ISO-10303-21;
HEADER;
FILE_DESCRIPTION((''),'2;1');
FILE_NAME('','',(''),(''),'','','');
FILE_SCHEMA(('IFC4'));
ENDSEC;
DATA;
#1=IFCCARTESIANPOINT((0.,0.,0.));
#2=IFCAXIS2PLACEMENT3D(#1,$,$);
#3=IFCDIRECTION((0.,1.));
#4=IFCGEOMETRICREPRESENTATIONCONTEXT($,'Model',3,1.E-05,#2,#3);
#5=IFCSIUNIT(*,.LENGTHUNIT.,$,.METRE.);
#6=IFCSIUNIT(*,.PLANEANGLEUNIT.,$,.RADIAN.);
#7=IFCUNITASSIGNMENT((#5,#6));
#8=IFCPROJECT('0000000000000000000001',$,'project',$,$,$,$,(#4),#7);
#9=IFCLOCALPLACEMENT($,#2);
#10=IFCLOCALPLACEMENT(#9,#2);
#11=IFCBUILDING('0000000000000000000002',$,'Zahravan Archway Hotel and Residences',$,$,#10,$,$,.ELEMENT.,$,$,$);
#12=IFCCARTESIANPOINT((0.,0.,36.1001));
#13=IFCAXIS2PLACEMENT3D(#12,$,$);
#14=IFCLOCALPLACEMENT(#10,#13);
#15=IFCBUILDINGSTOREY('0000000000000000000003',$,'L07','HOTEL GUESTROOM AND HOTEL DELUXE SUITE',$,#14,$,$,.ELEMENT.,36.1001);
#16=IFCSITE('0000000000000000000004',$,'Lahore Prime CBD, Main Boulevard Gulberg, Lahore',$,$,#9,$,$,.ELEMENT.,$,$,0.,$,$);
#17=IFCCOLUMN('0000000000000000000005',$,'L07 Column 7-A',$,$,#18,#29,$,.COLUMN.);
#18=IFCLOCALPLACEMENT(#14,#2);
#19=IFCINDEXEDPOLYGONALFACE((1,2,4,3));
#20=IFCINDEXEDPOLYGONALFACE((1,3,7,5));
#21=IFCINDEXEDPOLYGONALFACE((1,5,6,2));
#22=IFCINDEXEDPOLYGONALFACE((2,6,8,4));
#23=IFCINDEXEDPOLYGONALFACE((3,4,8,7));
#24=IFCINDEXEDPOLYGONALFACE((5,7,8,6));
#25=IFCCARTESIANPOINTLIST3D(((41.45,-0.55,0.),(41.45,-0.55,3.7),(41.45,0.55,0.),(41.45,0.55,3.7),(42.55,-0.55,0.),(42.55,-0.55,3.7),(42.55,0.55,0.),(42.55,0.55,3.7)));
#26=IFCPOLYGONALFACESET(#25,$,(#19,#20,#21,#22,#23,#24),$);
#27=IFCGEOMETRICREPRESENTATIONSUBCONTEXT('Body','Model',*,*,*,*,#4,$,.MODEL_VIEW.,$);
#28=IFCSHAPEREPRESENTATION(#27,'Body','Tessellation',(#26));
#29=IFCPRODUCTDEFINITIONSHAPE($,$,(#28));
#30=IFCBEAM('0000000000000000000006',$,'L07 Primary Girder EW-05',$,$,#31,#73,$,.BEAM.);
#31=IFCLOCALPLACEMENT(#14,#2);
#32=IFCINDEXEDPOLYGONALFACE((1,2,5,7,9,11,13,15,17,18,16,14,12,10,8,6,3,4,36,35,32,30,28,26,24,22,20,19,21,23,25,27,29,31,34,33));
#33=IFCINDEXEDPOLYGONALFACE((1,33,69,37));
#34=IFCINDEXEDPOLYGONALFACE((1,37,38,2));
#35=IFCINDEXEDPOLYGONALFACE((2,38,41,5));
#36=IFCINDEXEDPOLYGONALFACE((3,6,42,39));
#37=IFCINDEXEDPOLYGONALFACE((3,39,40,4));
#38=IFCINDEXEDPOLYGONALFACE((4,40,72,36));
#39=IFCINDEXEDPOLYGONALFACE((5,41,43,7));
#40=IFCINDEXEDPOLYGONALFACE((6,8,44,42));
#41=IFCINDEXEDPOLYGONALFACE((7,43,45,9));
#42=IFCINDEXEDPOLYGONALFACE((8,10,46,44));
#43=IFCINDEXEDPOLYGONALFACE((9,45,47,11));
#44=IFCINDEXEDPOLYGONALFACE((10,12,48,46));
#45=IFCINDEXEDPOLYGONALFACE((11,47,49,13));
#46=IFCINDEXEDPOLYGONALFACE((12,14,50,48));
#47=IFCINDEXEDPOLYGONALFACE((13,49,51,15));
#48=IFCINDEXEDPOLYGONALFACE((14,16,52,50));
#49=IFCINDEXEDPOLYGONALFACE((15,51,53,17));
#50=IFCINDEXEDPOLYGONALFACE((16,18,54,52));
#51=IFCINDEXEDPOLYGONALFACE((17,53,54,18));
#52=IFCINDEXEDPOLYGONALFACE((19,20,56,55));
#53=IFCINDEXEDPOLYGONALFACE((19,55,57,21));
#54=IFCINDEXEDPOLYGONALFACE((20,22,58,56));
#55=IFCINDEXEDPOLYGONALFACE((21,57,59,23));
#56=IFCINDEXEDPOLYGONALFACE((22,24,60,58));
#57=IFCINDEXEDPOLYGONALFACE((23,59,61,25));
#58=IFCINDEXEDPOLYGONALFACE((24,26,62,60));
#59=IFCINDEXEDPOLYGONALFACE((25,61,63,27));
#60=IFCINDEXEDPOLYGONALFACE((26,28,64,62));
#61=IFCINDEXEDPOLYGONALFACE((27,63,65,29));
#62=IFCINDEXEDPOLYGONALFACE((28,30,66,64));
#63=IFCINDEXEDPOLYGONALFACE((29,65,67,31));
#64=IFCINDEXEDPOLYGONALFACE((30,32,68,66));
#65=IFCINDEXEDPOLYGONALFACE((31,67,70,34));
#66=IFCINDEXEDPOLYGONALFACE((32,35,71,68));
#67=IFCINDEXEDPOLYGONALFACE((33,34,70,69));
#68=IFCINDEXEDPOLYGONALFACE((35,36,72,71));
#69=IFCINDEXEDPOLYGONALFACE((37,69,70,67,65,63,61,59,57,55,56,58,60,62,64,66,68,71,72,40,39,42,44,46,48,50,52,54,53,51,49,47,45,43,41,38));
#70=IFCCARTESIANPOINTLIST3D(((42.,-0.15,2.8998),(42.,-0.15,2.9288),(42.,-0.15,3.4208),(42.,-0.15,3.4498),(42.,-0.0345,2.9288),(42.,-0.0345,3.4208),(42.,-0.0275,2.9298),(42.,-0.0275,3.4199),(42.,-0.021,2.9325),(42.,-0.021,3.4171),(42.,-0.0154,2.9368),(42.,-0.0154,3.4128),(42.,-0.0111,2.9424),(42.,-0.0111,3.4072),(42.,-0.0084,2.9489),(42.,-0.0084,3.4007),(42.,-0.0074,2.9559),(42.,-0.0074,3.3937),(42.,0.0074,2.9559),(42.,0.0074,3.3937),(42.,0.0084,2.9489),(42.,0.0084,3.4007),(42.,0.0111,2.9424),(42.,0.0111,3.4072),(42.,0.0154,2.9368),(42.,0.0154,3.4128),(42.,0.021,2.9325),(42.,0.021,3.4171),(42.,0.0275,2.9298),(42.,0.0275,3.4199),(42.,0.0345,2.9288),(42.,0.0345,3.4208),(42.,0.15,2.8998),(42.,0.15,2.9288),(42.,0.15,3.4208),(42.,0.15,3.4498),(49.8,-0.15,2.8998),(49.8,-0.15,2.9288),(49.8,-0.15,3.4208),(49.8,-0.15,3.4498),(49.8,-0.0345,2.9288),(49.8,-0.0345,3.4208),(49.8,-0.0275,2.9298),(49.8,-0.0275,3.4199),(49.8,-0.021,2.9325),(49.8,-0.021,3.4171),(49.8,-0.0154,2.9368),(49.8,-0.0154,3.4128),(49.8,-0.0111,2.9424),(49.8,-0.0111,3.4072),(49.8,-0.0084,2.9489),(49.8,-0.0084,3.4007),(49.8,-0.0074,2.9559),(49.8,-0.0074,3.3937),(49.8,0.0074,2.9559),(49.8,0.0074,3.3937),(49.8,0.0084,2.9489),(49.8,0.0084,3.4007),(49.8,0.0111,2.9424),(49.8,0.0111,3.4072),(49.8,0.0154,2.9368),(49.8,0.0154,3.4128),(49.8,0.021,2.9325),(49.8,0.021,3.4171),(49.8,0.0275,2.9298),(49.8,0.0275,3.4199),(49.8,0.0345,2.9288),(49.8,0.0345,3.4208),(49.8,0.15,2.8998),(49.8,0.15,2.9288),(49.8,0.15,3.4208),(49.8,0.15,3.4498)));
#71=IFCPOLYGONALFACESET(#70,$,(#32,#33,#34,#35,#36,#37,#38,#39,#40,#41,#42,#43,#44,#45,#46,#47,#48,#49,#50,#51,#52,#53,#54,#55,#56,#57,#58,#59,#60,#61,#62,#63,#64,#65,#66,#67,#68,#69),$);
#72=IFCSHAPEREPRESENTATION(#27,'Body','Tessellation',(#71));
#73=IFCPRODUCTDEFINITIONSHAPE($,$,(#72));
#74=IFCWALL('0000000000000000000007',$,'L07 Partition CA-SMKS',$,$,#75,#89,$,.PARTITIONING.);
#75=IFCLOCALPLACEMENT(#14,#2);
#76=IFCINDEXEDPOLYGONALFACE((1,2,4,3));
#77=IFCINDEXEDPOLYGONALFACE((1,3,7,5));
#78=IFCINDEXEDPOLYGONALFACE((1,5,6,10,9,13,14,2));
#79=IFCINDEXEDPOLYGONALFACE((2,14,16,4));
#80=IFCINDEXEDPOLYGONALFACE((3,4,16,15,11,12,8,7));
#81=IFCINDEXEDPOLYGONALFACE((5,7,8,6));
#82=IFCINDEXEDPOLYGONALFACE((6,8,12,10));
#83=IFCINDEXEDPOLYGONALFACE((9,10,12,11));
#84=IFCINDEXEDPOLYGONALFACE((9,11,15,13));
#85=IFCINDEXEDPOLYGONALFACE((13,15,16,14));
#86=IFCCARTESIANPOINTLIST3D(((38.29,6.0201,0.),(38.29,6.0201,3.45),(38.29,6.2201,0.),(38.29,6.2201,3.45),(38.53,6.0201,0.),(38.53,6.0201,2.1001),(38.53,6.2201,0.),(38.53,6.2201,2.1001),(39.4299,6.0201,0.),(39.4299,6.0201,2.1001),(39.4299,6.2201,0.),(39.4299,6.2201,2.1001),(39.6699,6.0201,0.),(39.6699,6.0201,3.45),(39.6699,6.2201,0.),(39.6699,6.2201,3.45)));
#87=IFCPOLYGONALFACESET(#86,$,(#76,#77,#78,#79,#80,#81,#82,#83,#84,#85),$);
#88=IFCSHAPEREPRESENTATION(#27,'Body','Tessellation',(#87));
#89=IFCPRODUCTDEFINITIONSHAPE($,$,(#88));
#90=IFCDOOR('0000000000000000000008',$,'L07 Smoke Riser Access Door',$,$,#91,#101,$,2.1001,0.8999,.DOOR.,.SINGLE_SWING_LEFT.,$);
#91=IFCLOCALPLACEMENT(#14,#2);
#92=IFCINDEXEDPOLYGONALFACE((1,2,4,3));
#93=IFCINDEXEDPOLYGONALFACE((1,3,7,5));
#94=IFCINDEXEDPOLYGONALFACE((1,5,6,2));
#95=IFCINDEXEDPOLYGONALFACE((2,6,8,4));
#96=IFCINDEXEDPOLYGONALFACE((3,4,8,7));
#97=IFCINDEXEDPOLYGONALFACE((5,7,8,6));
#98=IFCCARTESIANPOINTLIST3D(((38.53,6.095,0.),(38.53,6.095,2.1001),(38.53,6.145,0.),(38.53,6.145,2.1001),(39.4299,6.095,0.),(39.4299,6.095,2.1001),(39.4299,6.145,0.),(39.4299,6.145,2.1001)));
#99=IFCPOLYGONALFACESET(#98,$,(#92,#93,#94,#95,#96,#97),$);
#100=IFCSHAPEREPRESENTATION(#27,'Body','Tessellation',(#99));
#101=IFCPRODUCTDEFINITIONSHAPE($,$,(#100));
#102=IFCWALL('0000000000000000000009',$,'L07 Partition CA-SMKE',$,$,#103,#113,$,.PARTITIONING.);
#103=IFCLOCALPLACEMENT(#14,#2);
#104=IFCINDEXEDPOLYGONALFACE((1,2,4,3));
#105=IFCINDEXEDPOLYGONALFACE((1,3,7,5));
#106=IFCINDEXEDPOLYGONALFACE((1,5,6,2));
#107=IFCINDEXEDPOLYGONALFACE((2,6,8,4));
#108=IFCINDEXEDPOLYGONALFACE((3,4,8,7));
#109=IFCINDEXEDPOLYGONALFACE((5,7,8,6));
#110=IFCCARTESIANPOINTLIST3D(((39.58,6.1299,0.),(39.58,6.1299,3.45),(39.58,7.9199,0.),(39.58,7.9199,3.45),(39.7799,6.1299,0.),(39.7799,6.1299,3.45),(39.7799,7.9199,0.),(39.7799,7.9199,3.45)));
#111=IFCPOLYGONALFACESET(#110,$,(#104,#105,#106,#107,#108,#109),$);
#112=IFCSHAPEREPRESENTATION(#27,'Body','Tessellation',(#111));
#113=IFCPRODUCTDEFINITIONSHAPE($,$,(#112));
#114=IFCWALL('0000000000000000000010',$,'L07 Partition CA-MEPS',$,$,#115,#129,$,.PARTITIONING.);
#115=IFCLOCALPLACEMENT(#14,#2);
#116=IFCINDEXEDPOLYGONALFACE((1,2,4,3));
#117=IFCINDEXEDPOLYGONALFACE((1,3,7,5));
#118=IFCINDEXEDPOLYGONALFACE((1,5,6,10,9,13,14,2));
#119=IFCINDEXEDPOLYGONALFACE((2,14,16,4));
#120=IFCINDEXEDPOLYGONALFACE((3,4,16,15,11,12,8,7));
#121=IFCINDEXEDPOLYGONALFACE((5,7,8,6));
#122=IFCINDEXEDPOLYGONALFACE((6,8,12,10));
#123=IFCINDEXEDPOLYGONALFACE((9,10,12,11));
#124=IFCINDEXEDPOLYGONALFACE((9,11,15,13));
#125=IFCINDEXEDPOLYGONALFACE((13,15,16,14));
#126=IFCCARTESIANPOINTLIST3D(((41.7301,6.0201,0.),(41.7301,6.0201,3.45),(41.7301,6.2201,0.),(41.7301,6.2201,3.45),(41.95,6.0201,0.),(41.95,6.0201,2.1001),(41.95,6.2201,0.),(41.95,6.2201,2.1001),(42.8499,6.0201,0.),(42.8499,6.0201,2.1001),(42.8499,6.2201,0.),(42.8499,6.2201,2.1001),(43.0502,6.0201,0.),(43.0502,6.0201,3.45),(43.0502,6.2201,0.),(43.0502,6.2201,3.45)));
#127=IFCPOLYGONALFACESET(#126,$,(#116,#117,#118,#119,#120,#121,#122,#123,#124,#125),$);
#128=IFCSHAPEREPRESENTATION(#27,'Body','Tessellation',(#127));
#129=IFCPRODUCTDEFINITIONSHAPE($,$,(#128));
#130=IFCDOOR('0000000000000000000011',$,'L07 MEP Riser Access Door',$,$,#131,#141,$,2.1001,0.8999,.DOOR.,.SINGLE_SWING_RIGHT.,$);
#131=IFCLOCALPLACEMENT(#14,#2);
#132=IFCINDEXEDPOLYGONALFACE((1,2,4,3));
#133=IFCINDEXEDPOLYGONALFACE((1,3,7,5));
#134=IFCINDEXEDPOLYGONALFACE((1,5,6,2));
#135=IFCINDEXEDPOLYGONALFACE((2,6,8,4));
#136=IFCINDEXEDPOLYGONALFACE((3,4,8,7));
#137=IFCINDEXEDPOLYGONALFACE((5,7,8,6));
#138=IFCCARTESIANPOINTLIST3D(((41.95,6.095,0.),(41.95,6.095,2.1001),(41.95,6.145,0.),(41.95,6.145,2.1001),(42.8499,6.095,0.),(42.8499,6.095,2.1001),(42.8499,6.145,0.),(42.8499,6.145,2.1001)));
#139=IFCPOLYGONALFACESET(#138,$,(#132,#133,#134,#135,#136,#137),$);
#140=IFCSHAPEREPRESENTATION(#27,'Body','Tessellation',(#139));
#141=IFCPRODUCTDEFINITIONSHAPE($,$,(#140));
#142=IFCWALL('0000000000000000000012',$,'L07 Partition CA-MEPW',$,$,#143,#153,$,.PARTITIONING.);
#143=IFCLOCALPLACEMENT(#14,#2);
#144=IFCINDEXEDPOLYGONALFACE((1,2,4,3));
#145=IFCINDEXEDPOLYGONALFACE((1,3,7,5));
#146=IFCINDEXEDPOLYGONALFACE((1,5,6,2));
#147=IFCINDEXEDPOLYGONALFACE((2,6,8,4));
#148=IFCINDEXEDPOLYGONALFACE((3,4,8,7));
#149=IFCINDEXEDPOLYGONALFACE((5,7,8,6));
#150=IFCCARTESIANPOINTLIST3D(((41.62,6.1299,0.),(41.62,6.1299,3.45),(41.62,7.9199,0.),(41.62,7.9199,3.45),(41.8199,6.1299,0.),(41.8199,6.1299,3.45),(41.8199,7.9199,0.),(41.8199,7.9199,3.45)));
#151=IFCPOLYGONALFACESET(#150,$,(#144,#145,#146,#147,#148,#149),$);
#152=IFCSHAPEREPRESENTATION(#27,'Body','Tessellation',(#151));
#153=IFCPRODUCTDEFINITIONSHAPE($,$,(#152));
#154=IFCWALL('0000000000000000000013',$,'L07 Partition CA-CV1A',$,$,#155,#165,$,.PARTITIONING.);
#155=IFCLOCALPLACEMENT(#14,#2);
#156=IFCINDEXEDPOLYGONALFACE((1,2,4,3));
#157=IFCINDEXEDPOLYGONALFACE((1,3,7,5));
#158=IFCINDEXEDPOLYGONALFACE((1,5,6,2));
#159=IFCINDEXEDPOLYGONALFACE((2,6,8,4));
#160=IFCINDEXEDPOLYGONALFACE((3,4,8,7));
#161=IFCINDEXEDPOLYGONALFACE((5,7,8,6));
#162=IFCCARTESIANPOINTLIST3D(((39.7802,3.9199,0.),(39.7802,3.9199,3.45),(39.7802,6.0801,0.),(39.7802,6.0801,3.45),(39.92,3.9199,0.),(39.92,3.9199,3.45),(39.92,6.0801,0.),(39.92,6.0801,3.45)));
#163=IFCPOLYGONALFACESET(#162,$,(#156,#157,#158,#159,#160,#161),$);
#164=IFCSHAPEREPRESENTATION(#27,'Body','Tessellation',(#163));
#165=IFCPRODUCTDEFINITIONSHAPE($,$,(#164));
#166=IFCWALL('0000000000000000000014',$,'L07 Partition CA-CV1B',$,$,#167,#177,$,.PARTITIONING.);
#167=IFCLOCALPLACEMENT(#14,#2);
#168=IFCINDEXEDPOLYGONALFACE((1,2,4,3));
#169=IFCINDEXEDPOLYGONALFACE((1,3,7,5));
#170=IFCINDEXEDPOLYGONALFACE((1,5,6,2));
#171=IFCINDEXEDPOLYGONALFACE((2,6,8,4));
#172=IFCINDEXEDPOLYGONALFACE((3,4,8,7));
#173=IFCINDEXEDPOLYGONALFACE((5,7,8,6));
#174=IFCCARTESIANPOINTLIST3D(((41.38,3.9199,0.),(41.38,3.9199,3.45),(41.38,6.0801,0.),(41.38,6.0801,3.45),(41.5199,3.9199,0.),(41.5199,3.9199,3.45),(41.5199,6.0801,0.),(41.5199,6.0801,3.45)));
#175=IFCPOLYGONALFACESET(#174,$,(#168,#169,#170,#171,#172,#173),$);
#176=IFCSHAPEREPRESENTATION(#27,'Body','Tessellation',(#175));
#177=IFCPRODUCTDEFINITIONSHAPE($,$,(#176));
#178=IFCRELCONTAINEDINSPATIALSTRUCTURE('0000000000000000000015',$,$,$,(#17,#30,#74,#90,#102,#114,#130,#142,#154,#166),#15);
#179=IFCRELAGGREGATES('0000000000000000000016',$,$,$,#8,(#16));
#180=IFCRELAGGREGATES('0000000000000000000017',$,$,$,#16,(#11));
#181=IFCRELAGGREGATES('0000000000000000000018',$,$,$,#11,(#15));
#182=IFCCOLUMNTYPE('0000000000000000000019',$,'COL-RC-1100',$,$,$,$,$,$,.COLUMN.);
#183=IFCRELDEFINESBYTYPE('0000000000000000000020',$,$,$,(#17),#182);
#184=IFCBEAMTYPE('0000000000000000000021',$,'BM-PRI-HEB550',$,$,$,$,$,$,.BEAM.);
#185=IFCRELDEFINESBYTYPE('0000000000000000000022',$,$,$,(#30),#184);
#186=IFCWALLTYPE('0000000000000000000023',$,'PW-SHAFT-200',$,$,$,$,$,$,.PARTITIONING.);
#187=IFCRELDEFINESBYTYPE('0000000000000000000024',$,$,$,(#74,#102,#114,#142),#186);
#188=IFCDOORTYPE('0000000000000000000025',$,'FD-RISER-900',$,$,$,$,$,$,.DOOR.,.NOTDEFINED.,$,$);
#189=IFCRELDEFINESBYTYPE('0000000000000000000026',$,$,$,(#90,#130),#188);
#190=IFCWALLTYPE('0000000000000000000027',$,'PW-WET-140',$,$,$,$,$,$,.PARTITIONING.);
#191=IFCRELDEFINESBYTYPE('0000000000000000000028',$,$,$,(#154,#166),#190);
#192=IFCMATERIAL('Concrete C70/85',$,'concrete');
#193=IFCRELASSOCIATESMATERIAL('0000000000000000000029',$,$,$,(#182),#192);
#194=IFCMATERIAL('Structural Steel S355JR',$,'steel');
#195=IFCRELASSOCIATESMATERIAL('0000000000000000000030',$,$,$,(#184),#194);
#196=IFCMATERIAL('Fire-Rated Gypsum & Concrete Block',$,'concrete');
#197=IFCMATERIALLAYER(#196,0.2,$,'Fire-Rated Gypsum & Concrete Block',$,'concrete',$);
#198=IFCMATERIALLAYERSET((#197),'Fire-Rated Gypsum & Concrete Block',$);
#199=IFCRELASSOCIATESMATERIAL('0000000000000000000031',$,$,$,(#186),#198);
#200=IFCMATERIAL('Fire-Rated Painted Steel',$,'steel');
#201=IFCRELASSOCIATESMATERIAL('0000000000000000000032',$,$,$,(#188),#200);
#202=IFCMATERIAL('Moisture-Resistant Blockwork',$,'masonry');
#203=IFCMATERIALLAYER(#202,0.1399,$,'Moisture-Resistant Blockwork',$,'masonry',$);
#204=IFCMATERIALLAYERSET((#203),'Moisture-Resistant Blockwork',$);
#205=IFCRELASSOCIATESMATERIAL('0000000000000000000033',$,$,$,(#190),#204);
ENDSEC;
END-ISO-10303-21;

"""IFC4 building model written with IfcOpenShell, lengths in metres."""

from ifc_helpers import new_model, si_unit, direction, frame, frame_2d, origin, origin_2d, place, context, subcontext, project, spatial, rectangle, i_section, extrude, source, transform, mapped, material, layer, layer_set, material_profile, profile_set, type_object, type_shapes, element, fill, save


model = new_model("IFC4")

# Units and contexts
model_context = context("Model", 3, precision=1e-05, world=origin(), true_north=direction((0.0, 1.0)))
body_context = subcontext(model_context, "Body", "Model", "MODEL_VIEW")
ifc_project = project(units=[si_unit("LENGTHUNIT", "METRE"), si_unit("PLANEANGLEUNIT", "RADIAN")], contexts=[model_context])

# Site, building, storey
site_placement = place(None, origin())
site = spatial("IfcSite", under=ifc_project, at=site_placement, Name="Lahore Prime CBD, Main Boulevard Gulberg, Lahore", CompositionType="ELEMENT", RefElevation=0.0)
building_placement = place(site_placement, origin())
building = spatial("IfcBuilding", under=site, at=building_placement, Name="Zahravan Archway Hotel and Residences", CompositionType="ELEMENT")
storey_placement = place(building_placement, frame((0.0, 0.0, 36.1001)))
storey = spatial("IfcBuildingStorey", under=building, at=storey_placement, Name="L07", Description="HOTEL GUESTROOM AND HOTEL DELUXE SUITE", CompositionType="ELEMENT", Elevation=36.1001)

# Column
ifc_material_1 = material(Name="Concrete C70/85", Category="concrete")
ifc_material_profile_1 = material_profile(ifc_material_1, rectangle(XDim=1.1001, YDim=1.1001, at=origin_2d()), Name="RC 1100x1100", Category="concrete")
ifc_profile_set_1 = profile_set([ifc_material_profile_1], Name="Concrete C70/85")
column_type = type_object("IfcColumnType", Name="COL-RC-1100", PredefinedType="COLUMN", material=ifc_profile_set_1)
shared_shape_1 = source(origin(), body_context, "Body", "SweptSolid", [
    extrude(rectangle(XDim=1.1001, YDim=1.1001, at=origin_2d()), origin(), (0.0, 0.0, 1.0), 3.7),
])
column_placement = place(storey_placement, frame((42.0, 0.0, 0.0), z_axis=(0.0, 0.0, 1.0), x_axis=(1.0, 0.0, 0.0)))
element("IfcColumn", 1, at=column_placement, inside=storey, type_object=column_type, Name="L07 Column 7-A", PredefinedType="COLUMN", context=body_context, shape_type="MappedRepresentation", body=[
    mapped(shared_shape_1, transform((0.0, 0.0, 0.0), scale=1.0)),
])

# Beam
ifc_material_2 = material(Name="Structural Steel S355JR", Category="steel")
ifc_material_profile_2 = material_profile(ifc_material_2, i_section(OverallWidth=0.3, OverallDepth=0.55, WebThickness=0.0149, FlangeThickness=0.0291, FilletRadius=0.0271, at=origin_2d()), Name="HEB 550", Category="steel")
ifc_profile_set_2 = profile_set([ifc_material_profile_2], Name="Structural Steel S355JR")
beam_type = type_object("IfcBeamType", Name="BM-PRI-HEB550", PredefinedType="BEAM", material=ifc_profile_set_2)
shared_shape_2 = source(origin(), body_context, "Body", "SweptSolid", [
    extrude(i_section(OverallWidth=0.3, OverallDepth=0.55, WebThickness=0.0149, FlangeThickness=0.0291, FilletRadius=0.0271, at=origin_2d()), origin(), (0.0, 0.0, 1.0), 7.8),
])
beam_placement = place(storey_placement, frame((42.0, 0.0, 3.1748), z_axis=(1.0, 0.0, 0.0), x_axis=(0.0, 1.0, 0.0)))
element("IfcBeam", 2, at=beam_placement, inside=storey, type_object=beam_type, Name="L07 Primary Girder EW-05", PredefinedType="BEAM", context=body_context, shape_type="MappedRepresentation", body=[
    mapped(shared_shape_2, transform((0.0, 0.0, 0.0), scale=1.0)),
])

# Wall, opening, door
ifc_material_3 = material(Name="Fire-Rated Gypsum & Concrete Block", Category="concrete")
ifc_layer_1 = layer(ifc_material_3, 0.2, Name="Fire-Rated Gypsum & Concrete Block", Category="concrete")
ifc_layer_set_1 = layer_set([ifc_layer_1], Name="Fire-Rated Gypsum & Concrete Block")
wall_type_1 = type_object("IfcWallType", Name="PW-SHAFT-200", PredefinedType="PARTITIONING", material=ifc_layer_set_1)
wall_1_placement = place(storey_placement, frame((38.29, 6.1201, 0.0), z_axis=(0.0, 0.0, 1.0), x_axis=(1.0, 0.0, 0.0)))
wall_1 = element("IfcWall", 3, at=wall_1_placement, inside=storey, type_object=wall_type_1, Name="L07 Partition CA-SMKS", PredefinedType="PARTITIONING", context=body_context, shape_type="SweptSolid", body=[
    extrude(rectangle(XDim=1.3799, YDim=0.2, at=frame_2d((0.6899, 0.0))), origin(), (0.0, 0.0, 1.0), 3.45),
])
opening_1_placement = place(wall_1_placement, frame((0.24, 0.0, 0.0)))
opening_1 = element("IfcOpeningElement", 4, at=opening_1_placement, cuts=wall_1, PredefinedType="OPENING", context=body_context, shape_type="SweptSolid", body=[
    extrude(rectangle(XDim=0.8999, YDim=2.1001, at=frame_2d((0.45, 1.05))), frame((0.0, 0.1099, 0.0), z_axis=(0.0, -1.0, 0.0), x_axis=(1.0, 0.0, 0.0)), (0.0, 0.0, 1.0), 0.22),
])
ifc_material_4 = material(Name="Fire-Rated Painted Steel", Category="steel")
door_type = type_object("IfcDoorType", Name="FD-RISER-900", OperationType="NOTDEFINED", PredefinedType="DOOR", material=ifc_material_4)
shared_shape_3 = source(origin(), body_context, "Body", "SweptSolid", [
    extrude(rectangle(XDim=0.8999, YDim=2.1001, at=frame_2d((0.45, 1.05))), frame((0.0, 0.0249, 0.0), z_axis=(0.0, -1.0, 0.0), x_axis=(1.0, 0.0, 0.0)), (0.0, 0.0, 1.0), 0.05),
])
type_shapes(door_type, [shared_shape_3])
door_1_placement = place(opening_1_placement, origin())
door_1 = element("IfcDoor", 5, at=door_1_placement, inside=storey, type_object=door_type, Name="L07 Smoke Riser Access Door", OperationType="SINGLE_SWING_LEFT", OverallHeight=2.1001, OverallWidth=0.8999, PredefinedType="DOOR", context=body_context, shape_type="MappedRepresentation", body=[
    mapped(shared_shape_3, transform((0.0, 0.0, 0.0), scale=1.0)),
])
fill(opening_1, door_1)

# Wall
wall_2_placement = place(storey_placement, frame((39.6799, 6.1299, 0.0), z_axis=(0.0, 0.0, 1.0), x_axis=(0.0, 1.0, 0.0)))
element("IfcWall", 6, at=wall_2_placement, inside=storey, type_object=wall_type_1, Name="L07 Partition CA-SMKE", PredefinedType="PARTITIONING", context=body_context, shape_type="SweptSolid", body=[
    extrude(rectangle(XDim=1.79, YDim=0.2, at=frame_2d((0.895, 0.0))), origin(), (0.0, 0.0, 1.0), 3.45),
])

# Wall, opening, door
wall_3_placement = place(storey_placement, frame((41.73, 6.1201, 0.0), z_axis=(0.0, 0.0, 1.0), x_axis=(1.0, 0.0, 0.0)))
wall_3 = element("IfcWall", 7, at=wall_3_placement, inside=storey, type_object=wall_type_1, Name="L07 Partition CA-MEPS", PredefinedType="PARTITIONING", context=body_context, shape_type="SweptSolid", body=[
    extrude(rectangle(XDim=1.3201, YDim=0.2, at=frame_2d((0.6602, 0.0))), origin(), (0.0, 0.0, 1.0), 3.45),
])
opening_2_placement = place(wall_3_placement, frame((0.22, 0.0, 0.0)))
opening_2 = element("IfcOpeningElement", 8, at=opening_2_placement, cuts=wall_3, PredefinedType="OPENING", context=body_context, shape_type="SweptSolid", body=[
    extrude(rectangle(XDim=0.8999, YDim=2.1001, at=frame_2d((0.45, 1.05))), frame((0.0, 0.1099, 0.0), z_axis=(0.0, -1.0, 0.0), x_axis=(1.0, 0.0, 0.0)), (0.0, 0.0, 1.0), 0.22),
])
door_2_placement = place(opening_2_placement, origin())
door_2 = element("IfcDoor", 9, at=door_2_placement, inside=storey, type_object=door_type, Name="L07 MEP Riser Access Door", OperationType="SINGLE_SWING_RIGHT", OverallHeight=2.1001, OverallWidth=0.8999, PredefinedType="DOOR", context=body_context, shape_type="MappedRepresentation", body=[
    mapped(shared_shape_3, transform((0.0, 0.0, 0.0), scale=1.0)),
])
fill(opening_2, door_2)

# Walls
wall_4_placement = place(storey_placement, frame((41.72, 6.1299, 0.0), z_axis=(0.0, 0.0, 1.0), x_axis=(0.0, 1.0, 0.0)))
element("IfcWall", 10, at=wall_4_placement, inside=storey, type_object=wall_type_1, Name="L07 Partition CA-MEPW", PredefinedType="PARTITIONING", context=body_context, shape_type="SweptSolid", body=[
    extrude(rectangle(XDim=1.79, YDim=0.2, at=frame_2d((0.895, 0.0))), origin(), (0.0, 0.0, 1.0), 3.45),
])
ifc_material_5 = material(Name="Moisture-Resistant Blockwork", Category="masonry")
ifc_layer_2 = layer(ifc_material_5, 0.1399, Name="Moisture-Resistant Blockwork", Category="masonry")
ifc_layer_set_2 = layer_set([ifc_layer_2], Name="Moisture-Resistant Blockwork")
wall_type_2 = type_object("IfcWallType", Name="PW-WET-140", PredefinedType="PARTITIONING", material=ifc_layer_set_2)
for number, where, z_axis, x_axis, name in (
    (11, (39.8501, 3.9199, 0.0), (0.0, 0.0, 1.0), (0.0, 1.0, 0.0), "L07 Partition CA-CV1A"),
    (12, (41.45, 3.9199, 0.0), (0.0, 0.0, 1.0), (0.0, 1.0, 0.0), "L07 Partition CA-CV1B"),
):
    element("IfcWall", number, at=place(storey_placement, frame(where, z_axis=z_axis, x_axis=x_axis)), inside=storey, type_object=wall_type_2, Name=name, PredefinedType="PARTITIONING", context=body_context, shape_type="SweptSolid", body=[
        extrude(rectangle(XDim=2.1602, YDim=0.1399, at=frame_2d((1.0801, 0.0))), origin(), (0.0, 0.0, 1.0), 3.45),
    ])

save(model, "model.ifc")
